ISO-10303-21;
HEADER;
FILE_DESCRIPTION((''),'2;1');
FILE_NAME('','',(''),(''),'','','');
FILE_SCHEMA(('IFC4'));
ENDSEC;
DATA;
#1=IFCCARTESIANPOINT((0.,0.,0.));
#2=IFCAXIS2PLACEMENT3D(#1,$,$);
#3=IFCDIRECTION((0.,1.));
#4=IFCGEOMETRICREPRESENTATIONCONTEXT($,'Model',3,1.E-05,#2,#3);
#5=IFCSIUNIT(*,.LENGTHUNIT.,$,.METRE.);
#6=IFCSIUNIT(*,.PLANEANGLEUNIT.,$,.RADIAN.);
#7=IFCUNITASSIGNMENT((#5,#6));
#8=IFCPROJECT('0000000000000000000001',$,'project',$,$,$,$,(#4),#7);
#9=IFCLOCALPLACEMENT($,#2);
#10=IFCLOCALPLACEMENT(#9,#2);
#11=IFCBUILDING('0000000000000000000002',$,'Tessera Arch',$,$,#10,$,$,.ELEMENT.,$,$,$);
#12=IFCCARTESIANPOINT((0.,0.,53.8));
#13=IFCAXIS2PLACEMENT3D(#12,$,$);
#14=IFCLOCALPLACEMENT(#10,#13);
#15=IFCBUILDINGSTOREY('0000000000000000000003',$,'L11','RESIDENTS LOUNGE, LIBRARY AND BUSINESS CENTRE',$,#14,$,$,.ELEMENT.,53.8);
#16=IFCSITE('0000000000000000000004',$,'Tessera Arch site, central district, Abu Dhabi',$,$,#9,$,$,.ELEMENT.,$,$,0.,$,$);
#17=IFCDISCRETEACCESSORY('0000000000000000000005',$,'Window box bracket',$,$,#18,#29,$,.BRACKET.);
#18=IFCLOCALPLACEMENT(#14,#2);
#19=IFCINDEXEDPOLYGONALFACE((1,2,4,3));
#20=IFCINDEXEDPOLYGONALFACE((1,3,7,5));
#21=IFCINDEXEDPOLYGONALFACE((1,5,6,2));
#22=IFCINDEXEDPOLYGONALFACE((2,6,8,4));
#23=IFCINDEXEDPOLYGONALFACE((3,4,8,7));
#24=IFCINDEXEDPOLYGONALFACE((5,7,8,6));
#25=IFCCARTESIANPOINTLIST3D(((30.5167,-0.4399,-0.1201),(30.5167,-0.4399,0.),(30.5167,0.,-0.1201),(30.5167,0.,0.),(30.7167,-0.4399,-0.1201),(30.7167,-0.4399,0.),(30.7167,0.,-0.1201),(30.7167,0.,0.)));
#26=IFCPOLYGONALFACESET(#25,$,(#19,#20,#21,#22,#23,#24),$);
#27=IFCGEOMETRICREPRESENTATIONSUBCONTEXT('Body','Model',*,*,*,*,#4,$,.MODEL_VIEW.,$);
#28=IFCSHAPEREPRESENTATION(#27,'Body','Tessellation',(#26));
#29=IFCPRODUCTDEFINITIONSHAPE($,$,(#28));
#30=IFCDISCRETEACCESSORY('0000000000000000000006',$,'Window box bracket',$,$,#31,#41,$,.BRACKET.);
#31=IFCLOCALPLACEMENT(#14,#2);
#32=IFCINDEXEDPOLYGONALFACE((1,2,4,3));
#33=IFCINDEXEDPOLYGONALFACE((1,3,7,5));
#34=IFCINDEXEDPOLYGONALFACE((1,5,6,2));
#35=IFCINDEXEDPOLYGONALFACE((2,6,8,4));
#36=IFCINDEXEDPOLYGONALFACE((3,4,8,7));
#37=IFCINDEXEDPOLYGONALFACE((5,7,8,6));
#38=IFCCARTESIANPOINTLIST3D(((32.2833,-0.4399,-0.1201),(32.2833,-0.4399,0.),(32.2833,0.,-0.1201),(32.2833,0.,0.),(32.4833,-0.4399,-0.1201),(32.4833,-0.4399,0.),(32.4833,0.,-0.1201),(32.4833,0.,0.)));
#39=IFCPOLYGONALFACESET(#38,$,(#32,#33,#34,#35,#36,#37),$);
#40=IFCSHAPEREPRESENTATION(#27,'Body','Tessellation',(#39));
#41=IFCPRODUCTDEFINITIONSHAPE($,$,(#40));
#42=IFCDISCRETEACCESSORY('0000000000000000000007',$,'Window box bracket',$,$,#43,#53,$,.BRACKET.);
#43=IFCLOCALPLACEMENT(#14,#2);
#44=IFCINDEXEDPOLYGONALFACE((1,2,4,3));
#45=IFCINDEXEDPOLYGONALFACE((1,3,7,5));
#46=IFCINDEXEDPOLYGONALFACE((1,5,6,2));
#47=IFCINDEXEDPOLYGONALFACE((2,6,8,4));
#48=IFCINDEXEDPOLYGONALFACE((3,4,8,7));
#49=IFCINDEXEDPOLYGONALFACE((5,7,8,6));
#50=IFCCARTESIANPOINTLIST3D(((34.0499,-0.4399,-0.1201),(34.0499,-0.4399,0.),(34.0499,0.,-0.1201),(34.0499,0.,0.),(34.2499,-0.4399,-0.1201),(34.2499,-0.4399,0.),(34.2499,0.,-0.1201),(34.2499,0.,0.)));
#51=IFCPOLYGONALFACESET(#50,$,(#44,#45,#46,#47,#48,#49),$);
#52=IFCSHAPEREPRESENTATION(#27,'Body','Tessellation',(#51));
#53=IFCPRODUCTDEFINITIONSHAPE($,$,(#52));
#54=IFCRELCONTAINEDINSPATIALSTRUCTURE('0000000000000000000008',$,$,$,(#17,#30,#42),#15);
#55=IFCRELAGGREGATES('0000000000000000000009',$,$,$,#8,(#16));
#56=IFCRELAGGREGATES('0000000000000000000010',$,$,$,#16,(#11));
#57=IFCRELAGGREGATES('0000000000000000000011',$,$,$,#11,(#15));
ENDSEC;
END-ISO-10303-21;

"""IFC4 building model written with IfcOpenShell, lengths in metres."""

from ifc_helpers import new_model, si_unit, direction, frame, origin, origin_2d, place, context, subcontext, project, spatial, rectangle, extrude, element, save


model = new_model("IFC4")

# Units and contexts
model_context = context("Model", 3, precision=1e-05, world=origin(), true_north=direction((0.0, 1.0)))
body_context = subcontext(model_context, "Body", "Model", "MODEL_VIEW")
ifc_project = project(units=[si_unit("LENGTHUNIT", "METRE"), si_unit("PLANEANGLEUNIT", "RADIAN")], contexts=[model_context])

# Site, building, storey
site_placement = place(None, origin())
site = spatial("IfcSite", under=ifc_project, at=site_placement, Name="Tessera Arch site, central district, Abu Dhabi", CompositionType="ELEMENT", RefElevation=0.0)
building_placement = place(site_placement, origin())
building = spatial("IfcBuilding", under=site, at=building_placement, Name="Tessera Arch", CompositionType="ELEMENT")
storey_placement = place(building_placement, frame((0.0, 0.0, 53.8)))
storey = spatial("IfcBuildingStorey", under=building, at=storey_placement, Name="L11", Description="RESIDENTS LOUNGE, LIBRARY AND BUSINESS CENTRE", CompositionType="ELEMENT", Elevation=53.8)

# Discrete accessories
for number, where, z_axis, x_axis, name in (
    (1, (30.6167, -0.22, -0.1201), (0.0, 0.0, 1.0), (0.0, -1.0, 0.0), "Window box bracket"),
    (2, (32.3833, -0.22, -0.1201), (0.0, 0.0, 1.0), (0.0, -1.0, 0.0), "Window box bracket"),
    (3, (34.1499, -0.22, -0.1201), (0.0, 0.0, 1.0), (0.0, -1.0, 0.0), "Window box bracket"),
):
    element("IfcDiscreteAccessory", number, at=place(storey_placement, frame(where, z_axis=z_axis, x_axis=x_axis)), inside=storey, Name=name, PredefinedType="BRACKET", context=body_context, shape_type="SweptSolid", body=[
        extrude(rectangle(XDim=0.4399, YDim=0.2, at=origin_2d()), origin(), (0.0, 0.0, 1.0), 0.1201),
    ])

save(model, "model.ifc")
